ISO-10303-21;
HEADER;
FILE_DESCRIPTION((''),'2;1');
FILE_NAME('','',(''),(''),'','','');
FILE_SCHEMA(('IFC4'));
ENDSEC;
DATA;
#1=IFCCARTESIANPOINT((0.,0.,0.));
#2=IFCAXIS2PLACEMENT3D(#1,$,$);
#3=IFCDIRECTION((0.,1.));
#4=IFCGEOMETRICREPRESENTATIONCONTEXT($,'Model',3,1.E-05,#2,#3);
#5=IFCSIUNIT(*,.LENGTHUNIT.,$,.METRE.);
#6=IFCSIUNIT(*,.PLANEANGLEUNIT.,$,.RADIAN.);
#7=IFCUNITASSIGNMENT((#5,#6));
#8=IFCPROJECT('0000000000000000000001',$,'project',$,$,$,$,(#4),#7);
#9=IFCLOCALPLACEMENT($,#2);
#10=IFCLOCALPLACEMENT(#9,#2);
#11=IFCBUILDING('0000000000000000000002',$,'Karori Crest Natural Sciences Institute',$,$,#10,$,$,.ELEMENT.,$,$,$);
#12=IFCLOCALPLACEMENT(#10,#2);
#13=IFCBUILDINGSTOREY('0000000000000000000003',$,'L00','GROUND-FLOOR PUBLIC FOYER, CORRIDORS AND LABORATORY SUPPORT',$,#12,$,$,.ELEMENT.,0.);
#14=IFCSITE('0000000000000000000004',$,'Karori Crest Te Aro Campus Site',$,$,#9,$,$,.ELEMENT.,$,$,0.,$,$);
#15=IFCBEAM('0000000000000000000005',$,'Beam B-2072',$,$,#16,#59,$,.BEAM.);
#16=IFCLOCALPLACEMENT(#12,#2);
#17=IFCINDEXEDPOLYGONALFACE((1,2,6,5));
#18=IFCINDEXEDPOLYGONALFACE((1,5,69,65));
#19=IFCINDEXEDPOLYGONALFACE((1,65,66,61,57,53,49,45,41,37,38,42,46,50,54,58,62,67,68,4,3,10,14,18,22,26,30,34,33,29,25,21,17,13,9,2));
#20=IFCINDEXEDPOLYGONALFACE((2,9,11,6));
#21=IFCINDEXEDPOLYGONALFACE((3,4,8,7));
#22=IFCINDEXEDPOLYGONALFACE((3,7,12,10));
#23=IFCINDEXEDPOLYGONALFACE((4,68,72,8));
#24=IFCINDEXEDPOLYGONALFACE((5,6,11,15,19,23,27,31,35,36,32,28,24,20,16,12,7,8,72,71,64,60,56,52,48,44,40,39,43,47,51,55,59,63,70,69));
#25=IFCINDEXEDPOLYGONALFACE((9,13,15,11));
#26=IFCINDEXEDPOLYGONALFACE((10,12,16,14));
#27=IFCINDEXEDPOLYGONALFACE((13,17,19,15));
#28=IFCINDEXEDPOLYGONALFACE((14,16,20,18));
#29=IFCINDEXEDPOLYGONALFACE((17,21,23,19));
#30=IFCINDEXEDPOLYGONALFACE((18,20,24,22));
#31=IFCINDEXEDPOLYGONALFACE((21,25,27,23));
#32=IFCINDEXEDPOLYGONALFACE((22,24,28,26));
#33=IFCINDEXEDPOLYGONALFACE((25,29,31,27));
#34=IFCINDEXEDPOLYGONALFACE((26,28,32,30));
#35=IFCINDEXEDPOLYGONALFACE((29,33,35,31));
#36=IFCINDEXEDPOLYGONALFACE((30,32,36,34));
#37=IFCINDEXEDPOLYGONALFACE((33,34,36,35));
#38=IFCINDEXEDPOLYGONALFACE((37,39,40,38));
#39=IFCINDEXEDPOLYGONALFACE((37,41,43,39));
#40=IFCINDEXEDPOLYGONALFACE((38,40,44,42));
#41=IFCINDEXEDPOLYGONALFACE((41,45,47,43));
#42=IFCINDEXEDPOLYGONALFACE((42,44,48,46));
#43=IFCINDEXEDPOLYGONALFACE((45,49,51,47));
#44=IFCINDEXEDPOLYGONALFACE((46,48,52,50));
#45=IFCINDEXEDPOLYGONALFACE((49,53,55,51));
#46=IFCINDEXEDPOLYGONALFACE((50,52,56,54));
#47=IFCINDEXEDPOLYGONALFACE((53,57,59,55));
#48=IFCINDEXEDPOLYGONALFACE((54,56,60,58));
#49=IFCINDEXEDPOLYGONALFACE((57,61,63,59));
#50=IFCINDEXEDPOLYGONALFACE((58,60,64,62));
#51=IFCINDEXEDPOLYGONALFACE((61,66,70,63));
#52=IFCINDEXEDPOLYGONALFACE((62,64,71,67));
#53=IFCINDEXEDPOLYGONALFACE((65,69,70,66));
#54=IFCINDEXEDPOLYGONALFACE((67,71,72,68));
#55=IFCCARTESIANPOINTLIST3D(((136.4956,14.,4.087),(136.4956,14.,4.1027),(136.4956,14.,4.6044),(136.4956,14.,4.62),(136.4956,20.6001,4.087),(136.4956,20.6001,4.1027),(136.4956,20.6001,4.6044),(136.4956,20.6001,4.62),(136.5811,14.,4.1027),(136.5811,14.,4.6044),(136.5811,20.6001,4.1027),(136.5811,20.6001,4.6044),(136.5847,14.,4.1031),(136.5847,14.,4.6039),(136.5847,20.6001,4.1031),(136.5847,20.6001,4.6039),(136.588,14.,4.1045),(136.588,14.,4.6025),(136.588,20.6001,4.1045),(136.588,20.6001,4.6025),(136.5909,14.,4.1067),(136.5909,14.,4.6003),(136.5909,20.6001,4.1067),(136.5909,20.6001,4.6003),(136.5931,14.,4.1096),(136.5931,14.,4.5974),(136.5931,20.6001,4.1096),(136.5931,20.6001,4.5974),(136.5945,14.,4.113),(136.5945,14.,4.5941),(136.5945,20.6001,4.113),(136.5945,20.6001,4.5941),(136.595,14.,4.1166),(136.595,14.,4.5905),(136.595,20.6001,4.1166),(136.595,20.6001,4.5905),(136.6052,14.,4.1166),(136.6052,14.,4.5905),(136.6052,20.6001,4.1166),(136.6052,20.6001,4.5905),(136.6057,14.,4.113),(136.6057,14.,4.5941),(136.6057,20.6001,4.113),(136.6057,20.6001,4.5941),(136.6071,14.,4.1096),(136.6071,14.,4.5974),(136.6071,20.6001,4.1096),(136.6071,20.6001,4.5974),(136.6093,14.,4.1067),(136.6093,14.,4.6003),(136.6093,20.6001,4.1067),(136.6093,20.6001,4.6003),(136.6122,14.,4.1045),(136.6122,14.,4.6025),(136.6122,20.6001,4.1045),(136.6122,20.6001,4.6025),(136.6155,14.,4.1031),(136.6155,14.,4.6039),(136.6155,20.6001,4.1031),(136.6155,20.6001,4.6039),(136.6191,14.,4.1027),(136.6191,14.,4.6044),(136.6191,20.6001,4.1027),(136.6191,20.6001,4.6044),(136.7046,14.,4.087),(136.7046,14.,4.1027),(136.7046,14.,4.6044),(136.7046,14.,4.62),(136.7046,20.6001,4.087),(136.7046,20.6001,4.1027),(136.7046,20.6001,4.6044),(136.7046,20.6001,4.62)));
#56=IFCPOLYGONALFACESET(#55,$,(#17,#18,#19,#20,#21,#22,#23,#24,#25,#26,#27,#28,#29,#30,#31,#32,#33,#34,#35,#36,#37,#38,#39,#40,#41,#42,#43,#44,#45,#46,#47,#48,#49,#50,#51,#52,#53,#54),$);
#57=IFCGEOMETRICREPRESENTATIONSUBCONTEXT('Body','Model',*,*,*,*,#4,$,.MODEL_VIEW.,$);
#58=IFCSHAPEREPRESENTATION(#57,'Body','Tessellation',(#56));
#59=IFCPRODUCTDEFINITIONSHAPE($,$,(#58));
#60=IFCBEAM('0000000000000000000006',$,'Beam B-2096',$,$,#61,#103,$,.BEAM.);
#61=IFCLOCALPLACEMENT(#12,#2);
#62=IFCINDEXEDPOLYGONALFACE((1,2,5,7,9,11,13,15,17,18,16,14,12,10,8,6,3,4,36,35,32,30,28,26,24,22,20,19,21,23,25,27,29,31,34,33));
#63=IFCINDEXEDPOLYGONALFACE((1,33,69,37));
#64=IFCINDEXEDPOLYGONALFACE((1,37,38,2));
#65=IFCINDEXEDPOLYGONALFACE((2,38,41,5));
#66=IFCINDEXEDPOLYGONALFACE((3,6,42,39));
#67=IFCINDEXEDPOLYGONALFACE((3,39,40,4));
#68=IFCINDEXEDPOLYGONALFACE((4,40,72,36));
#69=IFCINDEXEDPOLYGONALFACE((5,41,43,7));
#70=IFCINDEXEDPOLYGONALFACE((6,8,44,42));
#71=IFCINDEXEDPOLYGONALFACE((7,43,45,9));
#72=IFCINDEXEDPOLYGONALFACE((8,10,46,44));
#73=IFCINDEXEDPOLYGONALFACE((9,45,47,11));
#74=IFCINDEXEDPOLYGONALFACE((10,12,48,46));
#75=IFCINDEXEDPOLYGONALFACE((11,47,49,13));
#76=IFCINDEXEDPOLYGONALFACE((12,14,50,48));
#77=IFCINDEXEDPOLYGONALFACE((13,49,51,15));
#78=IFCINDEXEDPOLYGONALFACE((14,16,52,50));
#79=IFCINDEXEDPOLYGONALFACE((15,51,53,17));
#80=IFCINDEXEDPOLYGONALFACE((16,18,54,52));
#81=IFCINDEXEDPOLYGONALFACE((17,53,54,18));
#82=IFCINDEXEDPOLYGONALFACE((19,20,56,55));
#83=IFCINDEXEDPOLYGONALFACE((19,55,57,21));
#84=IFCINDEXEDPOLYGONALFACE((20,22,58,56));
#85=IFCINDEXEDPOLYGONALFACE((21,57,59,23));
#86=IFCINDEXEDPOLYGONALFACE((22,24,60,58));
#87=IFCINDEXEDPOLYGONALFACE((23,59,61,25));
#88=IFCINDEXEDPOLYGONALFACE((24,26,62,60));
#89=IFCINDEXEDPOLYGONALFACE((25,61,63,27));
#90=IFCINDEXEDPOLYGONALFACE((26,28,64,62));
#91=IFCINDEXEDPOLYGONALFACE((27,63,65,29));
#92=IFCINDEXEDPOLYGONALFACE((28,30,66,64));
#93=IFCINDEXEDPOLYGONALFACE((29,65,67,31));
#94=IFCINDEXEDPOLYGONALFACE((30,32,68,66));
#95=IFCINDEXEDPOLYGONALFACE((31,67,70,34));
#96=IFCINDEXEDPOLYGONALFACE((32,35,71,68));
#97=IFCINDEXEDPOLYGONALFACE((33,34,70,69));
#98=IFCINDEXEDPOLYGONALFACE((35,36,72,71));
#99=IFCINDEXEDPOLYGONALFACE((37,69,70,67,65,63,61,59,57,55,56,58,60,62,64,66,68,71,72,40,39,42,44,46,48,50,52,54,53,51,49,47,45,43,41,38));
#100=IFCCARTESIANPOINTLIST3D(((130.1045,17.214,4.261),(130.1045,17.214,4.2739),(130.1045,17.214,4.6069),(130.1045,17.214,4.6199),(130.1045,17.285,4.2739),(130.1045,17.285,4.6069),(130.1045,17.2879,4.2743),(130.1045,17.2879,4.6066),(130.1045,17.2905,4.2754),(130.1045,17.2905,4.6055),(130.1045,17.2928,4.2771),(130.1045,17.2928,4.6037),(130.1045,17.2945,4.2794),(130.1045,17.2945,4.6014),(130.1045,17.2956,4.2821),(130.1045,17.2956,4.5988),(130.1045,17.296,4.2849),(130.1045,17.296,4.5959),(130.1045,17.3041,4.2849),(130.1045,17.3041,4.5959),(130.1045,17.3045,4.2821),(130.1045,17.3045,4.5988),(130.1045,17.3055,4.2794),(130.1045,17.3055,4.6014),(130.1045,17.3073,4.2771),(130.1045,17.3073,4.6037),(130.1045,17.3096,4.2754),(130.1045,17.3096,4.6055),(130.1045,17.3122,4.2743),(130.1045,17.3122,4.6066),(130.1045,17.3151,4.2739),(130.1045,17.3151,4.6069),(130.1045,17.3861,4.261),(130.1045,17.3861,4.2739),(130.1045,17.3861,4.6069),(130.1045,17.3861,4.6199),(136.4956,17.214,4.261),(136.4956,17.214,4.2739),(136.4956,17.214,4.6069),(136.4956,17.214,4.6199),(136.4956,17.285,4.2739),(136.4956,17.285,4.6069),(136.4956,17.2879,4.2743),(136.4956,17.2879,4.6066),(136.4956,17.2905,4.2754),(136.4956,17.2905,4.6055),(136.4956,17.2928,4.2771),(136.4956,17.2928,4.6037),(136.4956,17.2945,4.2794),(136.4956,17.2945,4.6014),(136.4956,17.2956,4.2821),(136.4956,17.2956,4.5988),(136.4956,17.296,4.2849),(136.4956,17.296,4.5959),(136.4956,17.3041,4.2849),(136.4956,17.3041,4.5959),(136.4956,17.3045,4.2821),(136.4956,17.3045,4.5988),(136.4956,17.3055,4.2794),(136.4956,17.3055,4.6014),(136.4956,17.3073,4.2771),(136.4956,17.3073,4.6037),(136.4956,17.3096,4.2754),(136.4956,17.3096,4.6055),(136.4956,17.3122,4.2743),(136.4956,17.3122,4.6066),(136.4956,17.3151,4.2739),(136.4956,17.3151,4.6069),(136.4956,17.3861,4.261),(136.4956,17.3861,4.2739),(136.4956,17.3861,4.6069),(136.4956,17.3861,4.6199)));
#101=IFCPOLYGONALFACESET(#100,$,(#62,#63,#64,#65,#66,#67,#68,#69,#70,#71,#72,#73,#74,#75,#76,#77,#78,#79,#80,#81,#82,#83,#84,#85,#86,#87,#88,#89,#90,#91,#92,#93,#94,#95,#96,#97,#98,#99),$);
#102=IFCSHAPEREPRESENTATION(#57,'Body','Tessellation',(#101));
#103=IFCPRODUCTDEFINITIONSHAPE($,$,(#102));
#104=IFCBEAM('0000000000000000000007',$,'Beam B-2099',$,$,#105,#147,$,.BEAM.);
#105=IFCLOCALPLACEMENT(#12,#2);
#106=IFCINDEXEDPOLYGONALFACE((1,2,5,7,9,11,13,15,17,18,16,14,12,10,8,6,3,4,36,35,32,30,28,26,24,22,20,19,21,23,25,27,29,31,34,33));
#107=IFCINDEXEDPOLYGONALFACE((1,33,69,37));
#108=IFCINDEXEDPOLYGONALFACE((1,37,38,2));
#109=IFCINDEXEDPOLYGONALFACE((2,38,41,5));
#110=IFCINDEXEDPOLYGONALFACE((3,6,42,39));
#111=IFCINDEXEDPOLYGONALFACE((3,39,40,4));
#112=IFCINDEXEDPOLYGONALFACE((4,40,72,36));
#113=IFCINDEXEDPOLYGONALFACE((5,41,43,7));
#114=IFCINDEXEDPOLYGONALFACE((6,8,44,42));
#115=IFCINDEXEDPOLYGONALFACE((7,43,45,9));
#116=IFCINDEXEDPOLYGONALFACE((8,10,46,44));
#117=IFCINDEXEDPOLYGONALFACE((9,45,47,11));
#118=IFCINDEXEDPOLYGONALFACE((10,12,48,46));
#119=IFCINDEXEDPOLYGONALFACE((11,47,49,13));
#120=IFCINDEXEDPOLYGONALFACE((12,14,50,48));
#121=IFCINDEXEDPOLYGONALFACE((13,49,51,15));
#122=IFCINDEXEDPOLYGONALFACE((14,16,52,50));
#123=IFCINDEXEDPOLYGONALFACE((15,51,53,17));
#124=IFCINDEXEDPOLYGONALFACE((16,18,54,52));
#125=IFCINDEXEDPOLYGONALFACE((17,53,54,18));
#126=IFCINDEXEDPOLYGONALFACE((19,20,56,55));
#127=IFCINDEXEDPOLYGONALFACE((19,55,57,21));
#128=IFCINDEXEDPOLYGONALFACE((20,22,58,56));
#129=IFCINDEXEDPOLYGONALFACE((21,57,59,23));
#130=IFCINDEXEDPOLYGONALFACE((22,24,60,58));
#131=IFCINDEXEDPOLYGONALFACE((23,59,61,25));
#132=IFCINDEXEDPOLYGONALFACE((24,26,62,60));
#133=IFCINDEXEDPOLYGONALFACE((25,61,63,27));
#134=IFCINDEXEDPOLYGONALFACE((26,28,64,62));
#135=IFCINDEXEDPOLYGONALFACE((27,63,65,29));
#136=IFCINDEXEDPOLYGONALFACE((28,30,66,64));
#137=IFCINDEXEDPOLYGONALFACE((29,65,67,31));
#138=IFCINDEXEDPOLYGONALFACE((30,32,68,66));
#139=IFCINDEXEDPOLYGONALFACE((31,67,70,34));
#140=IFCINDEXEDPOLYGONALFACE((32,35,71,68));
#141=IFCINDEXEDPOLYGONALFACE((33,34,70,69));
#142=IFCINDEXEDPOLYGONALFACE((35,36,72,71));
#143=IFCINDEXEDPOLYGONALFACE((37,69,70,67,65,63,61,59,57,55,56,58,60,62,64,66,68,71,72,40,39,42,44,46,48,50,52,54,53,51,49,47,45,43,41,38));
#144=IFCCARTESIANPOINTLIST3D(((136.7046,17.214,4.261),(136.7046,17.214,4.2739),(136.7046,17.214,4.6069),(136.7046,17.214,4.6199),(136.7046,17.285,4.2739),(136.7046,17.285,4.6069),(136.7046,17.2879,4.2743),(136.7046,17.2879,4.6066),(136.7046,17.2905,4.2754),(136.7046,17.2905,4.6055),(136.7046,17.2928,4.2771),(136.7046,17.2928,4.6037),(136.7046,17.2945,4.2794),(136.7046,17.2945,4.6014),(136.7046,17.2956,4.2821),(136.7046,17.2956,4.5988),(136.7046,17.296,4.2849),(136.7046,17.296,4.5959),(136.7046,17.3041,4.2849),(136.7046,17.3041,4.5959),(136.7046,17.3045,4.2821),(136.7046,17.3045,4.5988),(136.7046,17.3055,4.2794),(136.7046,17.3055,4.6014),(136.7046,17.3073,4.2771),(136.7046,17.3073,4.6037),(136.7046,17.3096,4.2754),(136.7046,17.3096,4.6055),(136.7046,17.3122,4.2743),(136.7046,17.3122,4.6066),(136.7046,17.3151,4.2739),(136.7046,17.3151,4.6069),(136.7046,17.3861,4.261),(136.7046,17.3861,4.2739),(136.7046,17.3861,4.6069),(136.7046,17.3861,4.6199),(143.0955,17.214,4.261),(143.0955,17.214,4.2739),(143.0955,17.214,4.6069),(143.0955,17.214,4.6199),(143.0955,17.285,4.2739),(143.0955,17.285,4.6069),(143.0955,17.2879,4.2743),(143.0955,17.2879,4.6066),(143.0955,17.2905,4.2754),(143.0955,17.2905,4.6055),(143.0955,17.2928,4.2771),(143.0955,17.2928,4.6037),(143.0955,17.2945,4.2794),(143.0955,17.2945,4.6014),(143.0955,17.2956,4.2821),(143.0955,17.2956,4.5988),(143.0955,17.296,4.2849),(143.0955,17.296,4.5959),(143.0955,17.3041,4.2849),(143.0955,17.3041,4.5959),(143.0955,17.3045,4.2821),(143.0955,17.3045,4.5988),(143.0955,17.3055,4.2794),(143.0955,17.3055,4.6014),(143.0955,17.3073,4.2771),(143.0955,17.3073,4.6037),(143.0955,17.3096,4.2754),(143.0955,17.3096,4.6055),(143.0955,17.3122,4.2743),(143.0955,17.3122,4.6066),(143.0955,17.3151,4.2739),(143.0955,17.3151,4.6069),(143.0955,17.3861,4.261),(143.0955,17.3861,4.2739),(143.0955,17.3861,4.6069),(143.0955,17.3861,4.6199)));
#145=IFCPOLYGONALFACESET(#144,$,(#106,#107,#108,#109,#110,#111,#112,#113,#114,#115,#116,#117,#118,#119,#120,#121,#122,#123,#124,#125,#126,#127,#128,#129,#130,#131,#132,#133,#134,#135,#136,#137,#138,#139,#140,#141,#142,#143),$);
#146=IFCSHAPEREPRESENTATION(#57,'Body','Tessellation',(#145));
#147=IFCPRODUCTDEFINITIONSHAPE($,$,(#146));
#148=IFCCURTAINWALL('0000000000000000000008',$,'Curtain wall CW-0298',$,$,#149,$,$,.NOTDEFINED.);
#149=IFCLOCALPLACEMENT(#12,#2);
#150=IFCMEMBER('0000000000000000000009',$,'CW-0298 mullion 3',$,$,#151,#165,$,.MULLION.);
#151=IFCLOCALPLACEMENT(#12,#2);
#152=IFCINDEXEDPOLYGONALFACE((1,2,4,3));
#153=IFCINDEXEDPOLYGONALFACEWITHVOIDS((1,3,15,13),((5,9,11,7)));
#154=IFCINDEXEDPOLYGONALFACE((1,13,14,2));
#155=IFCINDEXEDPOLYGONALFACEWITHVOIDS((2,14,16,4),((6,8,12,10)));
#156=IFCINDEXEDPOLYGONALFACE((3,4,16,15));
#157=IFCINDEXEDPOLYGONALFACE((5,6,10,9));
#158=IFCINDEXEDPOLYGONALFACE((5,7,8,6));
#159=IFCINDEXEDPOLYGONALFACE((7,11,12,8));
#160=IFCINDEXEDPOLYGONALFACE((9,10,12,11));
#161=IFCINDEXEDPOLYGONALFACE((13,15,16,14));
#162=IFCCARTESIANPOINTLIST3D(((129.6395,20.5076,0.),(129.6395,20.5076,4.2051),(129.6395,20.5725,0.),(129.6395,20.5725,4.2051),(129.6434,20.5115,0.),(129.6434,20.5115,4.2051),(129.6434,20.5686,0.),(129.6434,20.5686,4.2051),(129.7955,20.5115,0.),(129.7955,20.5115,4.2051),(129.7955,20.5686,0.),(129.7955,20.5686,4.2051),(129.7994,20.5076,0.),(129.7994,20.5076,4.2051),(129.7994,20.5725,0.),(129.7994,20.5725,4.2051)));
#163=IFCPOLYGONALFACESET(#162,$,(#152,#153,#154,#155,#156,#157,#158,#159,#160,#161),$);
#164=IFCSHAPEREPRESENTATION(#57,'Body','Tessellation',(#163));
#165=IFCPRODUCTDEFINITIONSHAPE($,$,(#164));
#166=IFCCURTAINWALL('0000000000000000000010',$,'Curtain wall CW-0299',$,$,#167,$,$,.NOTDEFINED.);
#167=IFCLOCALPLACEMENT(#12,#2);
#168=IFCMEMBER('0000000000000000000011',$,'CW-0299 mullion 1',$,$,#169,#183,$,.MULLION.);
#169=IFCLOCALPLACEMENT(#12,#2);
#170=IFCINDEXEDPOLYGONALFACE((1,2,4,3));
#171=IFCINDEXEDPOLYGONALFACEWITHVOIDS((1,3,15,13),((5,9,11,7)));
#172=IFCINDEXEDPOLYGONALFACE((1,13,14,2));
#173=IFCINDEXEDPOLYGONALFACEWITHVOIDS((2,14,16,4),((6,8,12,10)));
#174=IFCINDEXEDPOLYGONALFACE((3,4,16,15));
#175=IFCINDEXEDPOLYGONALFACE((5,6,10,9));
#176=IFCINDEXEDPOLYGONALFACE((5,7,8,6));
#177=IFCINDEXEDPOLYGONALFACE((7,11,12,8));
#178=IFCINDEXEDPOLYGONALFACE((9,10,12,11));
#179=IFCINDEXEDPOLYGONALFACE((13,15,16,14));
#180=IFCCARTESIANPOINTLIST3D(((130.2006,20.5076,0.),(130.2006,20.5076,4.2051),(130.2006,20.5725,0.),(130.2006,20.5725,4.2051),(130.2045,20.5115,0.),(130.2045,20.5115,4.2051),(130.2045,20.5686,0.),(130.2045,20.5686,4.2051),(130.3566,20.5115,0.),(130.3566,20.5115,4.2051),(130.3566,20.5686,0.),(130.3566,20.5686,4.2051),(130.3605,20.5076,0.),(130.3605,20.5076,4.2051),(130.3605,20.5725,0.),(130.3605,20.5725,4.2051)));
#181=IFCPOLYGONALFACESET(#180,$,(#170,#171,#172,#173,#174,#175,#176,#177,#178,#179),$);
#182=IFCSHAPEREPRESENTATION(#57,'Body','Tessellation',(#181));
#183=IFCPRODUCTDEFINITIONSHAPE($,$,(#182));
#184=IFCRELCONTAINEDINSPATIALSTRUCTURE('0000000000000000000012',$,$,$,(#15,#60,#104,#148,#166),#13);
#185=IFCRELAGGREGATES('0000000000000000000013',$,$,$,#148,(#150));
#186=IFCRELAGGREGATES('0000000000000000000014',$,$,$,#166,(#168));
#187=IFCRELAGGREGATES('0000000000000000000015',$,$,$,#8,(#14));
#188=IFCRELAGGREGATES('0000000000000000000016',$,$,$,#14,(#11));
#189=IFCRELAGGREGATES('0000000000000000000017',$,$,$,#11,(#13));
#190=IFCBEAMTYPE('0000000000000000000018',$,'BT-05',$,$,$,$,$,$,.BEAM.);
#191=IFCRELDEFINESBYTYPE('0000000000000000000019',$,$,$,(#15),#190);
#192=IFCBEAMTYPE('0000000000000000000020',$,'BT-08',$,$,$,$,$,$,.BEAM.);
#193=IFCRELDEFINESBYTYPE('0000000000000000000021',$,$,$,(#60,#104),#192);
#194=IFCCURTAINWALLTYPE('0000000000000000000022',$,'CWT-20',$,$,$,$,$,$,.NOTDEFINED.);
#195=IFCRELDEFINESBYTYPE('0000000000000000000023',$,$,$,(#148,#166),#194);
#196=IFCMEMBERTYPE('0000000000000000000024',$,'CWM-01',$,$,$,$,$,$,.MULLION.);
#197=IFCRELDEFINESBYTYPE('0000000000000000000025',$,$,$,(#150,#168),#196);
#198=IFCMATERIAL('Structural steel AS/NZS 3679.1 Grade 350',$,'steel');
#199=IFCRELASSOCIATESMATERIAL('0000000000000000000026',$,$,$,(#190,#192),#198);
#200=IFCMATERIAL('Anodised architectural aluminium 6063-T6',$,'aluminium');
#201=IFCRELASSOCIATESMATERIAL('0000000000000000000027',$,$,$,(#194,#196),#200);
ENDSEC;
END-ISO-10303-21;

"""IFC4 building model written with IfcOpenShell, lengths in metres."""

from ifc_helpers import new_model, si_unit, direction, frame, origin, origin_2d, place, context, subcontext, project, spatial, hollow_rectangle, i_section, extrude, material, material_profile, profile_set, type_object, element, aggregate, save


model = new_model("IFC4")

# Units and contexts
model_context = context("Model", 3, precision=1e-05, world=origin(), true_north=direction((0.0, 1.0)))
body_context = subcontext(model_context, "Body", "Model", "MODEL_VIEW")
ifc_project = project(units=[si_unit("LENGTHUNIT", "METRE"), si_unit("PLANEANGLEUNIT", "RADIAN")], contexts=[model_context])

# Site, building, storey
site_placement = place(None, origin())
site = spatial("IfcSite", under=ifc_project, at=site_placement, Name="Karori Crest Te Aro Campus Site", CompositionType="ELEMENT", RefElevation=0.0)
building_placement = place(site_placement, origin())
building = spatial("IfcBuilding", under=site, at=building_placement, Name="Karori Crest Natural Sciences Institute", CompositionType="ELEMENT")
storey_placement = place(building_placement, origin())
storey = spatial("IfcBuildingStorey", under=building, at=storey_placement, Name="L00", Description="GROUND-FLOOR PUBLIC FOYER, CORRIDORS AND LABORATORY SUPPORT", CompositionType="ELEMENT", Elevation=0.0)

# Shared definitions
ifc_material_1 = material(Name="Structural steel AS/NZS 3679.1 Grade 350", Category="steel")

# Beams
ifc_material_profile_1 = material_profile(ifc_material_1, i_section(OverallWidth=0.209, OverallDepth=0.533, WebThickness=0.0103, FlangeThickness=0.0156, FilletRadius=0.0139, at=origin_2d()), Name="530UB92.4")
ifc_profile_set_1 = profile_set([ifc_material_profile_1], Name="Structural steel AS/NZS 3679.1 Grade 350")
beam_type_1 = type_object("IfcBeamType", Name="BT-05", PredefinedType="BEAM", material=ifc_profile_set_1)
for number, where, z_axis, x_axis, name in (
    (1, (136.6001, 14.0, 4.3535), (0.0, 1.0, 0.0), (-1.0, 0.0, 0.0), "Beam B-2072"),
):
    element("IfcBeam", number, at=place(storey_placement, frame(where, z_axis=z_axis, x_axis=x_axis)), inside=storey, type_object=beam_type_1, Name=name, PredefinedType="BEAM", context=body_context, shape_type="SweptSolid", body=[
        extrude(i_section(OverallWidth=0.209, OverallDepth=0.533, WebThickness=0.0103, FlangeThickness=0.0156, FilletRadius=0.0139, at=origin_2d()), origin(), (0.0, 0.0, 1.0), 6.6001),
    ])
ifc_material_profile_2 = material_profile(ifc_material_1, i_section(OverallWidth=0.1721, OverallDepth=0.3589, WebThickness=0.0081, FlangeThickness=0.0129, FilletRadius=0.011, at=origin_2d()), Name="360UB56.7")
ifc_profile_set_2 = profile_set([ifc_material_profile_2], Name="Structural steel AS/NZS 3679.1 Grade 350")
beam_type_2 = type_object("IfcBeamType", Name="BT-08", PredefinedType="BEAM", material=ifc_profile_set_2)
beam_1_placement = place(storey_placement, frame((130.1045, 17.3, 4.4404), z_axis=(1.0, 0.0, 0.0), x_axis=(0.0, 1.0, 0.0)))
element("IfcBeam", 2, at=beam_1_placement, inside=storey, type_object=beam_type_2, Name="Beam B-2096", PredefinedType="BEAM", context=body_context, shape_type="SweptSolid", body=[
    extrude(i_section(OverallWidth=0.1721, OverallDepth=0.3589, WebThickness=0.0081, FlangeThickness=0.0129, FilletRadius=0.011, at=origin_2d()), origin(), (0.0, 0.0, 1.0), 6.3911),
])
beam_2_placement = place(storey_placement, frame((136.7046, 17.3, 4.4404), z_axis=(1.0, 0.0, 0.0), x_axis=(0.0, 1.0, 0.0)))
element("IfcBeam", 3, at=beam_2_placement, inside=storey, type_object=beam_type_2, Name="Beam B-2099", PredefinedType="BEAM", context=body_context, shape_type="SweptSolid", body=[
    extrude(i_section(OverallWidth=0.1721, OverallDepth=0.3589, WebThickness=0.0081, FlangeThickness=0.0129, FilletRadius=0.011, at=origin_2d()), origin(), (0.0, 0.0, 1.0), 6.3909),
])

# Curtain wall, member
ifc_material_2 = material(Name="Anodised architectural aluminium 6063-T6", Category="aluminium")
curtain_wall_type = type_object("IfcCurtainWallType", Name="CWT-20", PredefinedType="NOTDEFINED", material=ifc_material_2)
curtain_wall_1_placement = place(storey_placement, origin())
curtain_wall_1 = element("IfcCurtainWall", 4, at=curtain_wall_1_placement, inside=storey, type_object=curtain_wall_type, Name="Curtain wall CW-0298", PredefinedType="NOTDEFINED")
ifc_material_profile_3 = material_profile(ifc_material_2, hollow_rectangle(XDim=0.0649, YDim=0.1599, WallThickness=0.0039, at=origin_2d()), Name="CWM160x65x4")
ifc_profile_set_3 = profile_set([ifc_material_profile_3], Name="Anodised architectural aluminium 6063-T6")
member_type_1 = type_object("IfcMemberType", Name="CWM-01", PredefinedType="MULLION", material=ifc_profile_set_3)
member_1_placement = place(storey_placement, frame((129.7195, 20.54, 0.0), z_axis=(0.0, 0.0, 1.0), x_axis=(0.0, 1.0, 0.0)))
member_1 = element("IfcMember", 5, at=member_1_placement, type_object=member_type_1, Name="CW-0298 mullion 3", PredefinedType="MULLION", context=body_context, shape_type="SweptSolid", body=[
    extrude(hollow_rectangle(XDim=0.0649, YDim=0.1599, WallThickness=0.0039, at=origin_2d()), origin(), (0.0, 0.0, 1.0), 4.2051),
])
aggregate(curtain_wall_1, [member_1])

# Curtain wall, member
curtain_wall_2_placement = place(storey_placement, origin())
curtain_wall_2 = element("IfcCurtainWall", 6, at=curtain_wall_2_placement, inside=storey, type_object=curtain_wall_type, Name="Curtain wall CW-0299", PredefinedType="NOTDEFINED")
member_2_placement = place(storey_placement, frame((130.2805, 20.54, 0.0), z_axis=(0.0, 0.0, 1.0), x_axis=(0.0, 1.0, 0.0)))
member_2 = element("IfcMember", 7, at=member_2_placement, type_object=member_type_1, Name="CW-0299 mullion 1", PredefinedType="MULLION", context=body_context, shape_type="SweptSolid", body=[
    extrude(hollow_rectangle(XDim=0.0649, YDim=0.1599, WallThickness=0.0039, at=origin_2d()), origin(), (0.0, 0.0, 1.0), 4.2051),
])

aggregate(curtain_wall_2, [member_2])

save(model, "model.ifc")
